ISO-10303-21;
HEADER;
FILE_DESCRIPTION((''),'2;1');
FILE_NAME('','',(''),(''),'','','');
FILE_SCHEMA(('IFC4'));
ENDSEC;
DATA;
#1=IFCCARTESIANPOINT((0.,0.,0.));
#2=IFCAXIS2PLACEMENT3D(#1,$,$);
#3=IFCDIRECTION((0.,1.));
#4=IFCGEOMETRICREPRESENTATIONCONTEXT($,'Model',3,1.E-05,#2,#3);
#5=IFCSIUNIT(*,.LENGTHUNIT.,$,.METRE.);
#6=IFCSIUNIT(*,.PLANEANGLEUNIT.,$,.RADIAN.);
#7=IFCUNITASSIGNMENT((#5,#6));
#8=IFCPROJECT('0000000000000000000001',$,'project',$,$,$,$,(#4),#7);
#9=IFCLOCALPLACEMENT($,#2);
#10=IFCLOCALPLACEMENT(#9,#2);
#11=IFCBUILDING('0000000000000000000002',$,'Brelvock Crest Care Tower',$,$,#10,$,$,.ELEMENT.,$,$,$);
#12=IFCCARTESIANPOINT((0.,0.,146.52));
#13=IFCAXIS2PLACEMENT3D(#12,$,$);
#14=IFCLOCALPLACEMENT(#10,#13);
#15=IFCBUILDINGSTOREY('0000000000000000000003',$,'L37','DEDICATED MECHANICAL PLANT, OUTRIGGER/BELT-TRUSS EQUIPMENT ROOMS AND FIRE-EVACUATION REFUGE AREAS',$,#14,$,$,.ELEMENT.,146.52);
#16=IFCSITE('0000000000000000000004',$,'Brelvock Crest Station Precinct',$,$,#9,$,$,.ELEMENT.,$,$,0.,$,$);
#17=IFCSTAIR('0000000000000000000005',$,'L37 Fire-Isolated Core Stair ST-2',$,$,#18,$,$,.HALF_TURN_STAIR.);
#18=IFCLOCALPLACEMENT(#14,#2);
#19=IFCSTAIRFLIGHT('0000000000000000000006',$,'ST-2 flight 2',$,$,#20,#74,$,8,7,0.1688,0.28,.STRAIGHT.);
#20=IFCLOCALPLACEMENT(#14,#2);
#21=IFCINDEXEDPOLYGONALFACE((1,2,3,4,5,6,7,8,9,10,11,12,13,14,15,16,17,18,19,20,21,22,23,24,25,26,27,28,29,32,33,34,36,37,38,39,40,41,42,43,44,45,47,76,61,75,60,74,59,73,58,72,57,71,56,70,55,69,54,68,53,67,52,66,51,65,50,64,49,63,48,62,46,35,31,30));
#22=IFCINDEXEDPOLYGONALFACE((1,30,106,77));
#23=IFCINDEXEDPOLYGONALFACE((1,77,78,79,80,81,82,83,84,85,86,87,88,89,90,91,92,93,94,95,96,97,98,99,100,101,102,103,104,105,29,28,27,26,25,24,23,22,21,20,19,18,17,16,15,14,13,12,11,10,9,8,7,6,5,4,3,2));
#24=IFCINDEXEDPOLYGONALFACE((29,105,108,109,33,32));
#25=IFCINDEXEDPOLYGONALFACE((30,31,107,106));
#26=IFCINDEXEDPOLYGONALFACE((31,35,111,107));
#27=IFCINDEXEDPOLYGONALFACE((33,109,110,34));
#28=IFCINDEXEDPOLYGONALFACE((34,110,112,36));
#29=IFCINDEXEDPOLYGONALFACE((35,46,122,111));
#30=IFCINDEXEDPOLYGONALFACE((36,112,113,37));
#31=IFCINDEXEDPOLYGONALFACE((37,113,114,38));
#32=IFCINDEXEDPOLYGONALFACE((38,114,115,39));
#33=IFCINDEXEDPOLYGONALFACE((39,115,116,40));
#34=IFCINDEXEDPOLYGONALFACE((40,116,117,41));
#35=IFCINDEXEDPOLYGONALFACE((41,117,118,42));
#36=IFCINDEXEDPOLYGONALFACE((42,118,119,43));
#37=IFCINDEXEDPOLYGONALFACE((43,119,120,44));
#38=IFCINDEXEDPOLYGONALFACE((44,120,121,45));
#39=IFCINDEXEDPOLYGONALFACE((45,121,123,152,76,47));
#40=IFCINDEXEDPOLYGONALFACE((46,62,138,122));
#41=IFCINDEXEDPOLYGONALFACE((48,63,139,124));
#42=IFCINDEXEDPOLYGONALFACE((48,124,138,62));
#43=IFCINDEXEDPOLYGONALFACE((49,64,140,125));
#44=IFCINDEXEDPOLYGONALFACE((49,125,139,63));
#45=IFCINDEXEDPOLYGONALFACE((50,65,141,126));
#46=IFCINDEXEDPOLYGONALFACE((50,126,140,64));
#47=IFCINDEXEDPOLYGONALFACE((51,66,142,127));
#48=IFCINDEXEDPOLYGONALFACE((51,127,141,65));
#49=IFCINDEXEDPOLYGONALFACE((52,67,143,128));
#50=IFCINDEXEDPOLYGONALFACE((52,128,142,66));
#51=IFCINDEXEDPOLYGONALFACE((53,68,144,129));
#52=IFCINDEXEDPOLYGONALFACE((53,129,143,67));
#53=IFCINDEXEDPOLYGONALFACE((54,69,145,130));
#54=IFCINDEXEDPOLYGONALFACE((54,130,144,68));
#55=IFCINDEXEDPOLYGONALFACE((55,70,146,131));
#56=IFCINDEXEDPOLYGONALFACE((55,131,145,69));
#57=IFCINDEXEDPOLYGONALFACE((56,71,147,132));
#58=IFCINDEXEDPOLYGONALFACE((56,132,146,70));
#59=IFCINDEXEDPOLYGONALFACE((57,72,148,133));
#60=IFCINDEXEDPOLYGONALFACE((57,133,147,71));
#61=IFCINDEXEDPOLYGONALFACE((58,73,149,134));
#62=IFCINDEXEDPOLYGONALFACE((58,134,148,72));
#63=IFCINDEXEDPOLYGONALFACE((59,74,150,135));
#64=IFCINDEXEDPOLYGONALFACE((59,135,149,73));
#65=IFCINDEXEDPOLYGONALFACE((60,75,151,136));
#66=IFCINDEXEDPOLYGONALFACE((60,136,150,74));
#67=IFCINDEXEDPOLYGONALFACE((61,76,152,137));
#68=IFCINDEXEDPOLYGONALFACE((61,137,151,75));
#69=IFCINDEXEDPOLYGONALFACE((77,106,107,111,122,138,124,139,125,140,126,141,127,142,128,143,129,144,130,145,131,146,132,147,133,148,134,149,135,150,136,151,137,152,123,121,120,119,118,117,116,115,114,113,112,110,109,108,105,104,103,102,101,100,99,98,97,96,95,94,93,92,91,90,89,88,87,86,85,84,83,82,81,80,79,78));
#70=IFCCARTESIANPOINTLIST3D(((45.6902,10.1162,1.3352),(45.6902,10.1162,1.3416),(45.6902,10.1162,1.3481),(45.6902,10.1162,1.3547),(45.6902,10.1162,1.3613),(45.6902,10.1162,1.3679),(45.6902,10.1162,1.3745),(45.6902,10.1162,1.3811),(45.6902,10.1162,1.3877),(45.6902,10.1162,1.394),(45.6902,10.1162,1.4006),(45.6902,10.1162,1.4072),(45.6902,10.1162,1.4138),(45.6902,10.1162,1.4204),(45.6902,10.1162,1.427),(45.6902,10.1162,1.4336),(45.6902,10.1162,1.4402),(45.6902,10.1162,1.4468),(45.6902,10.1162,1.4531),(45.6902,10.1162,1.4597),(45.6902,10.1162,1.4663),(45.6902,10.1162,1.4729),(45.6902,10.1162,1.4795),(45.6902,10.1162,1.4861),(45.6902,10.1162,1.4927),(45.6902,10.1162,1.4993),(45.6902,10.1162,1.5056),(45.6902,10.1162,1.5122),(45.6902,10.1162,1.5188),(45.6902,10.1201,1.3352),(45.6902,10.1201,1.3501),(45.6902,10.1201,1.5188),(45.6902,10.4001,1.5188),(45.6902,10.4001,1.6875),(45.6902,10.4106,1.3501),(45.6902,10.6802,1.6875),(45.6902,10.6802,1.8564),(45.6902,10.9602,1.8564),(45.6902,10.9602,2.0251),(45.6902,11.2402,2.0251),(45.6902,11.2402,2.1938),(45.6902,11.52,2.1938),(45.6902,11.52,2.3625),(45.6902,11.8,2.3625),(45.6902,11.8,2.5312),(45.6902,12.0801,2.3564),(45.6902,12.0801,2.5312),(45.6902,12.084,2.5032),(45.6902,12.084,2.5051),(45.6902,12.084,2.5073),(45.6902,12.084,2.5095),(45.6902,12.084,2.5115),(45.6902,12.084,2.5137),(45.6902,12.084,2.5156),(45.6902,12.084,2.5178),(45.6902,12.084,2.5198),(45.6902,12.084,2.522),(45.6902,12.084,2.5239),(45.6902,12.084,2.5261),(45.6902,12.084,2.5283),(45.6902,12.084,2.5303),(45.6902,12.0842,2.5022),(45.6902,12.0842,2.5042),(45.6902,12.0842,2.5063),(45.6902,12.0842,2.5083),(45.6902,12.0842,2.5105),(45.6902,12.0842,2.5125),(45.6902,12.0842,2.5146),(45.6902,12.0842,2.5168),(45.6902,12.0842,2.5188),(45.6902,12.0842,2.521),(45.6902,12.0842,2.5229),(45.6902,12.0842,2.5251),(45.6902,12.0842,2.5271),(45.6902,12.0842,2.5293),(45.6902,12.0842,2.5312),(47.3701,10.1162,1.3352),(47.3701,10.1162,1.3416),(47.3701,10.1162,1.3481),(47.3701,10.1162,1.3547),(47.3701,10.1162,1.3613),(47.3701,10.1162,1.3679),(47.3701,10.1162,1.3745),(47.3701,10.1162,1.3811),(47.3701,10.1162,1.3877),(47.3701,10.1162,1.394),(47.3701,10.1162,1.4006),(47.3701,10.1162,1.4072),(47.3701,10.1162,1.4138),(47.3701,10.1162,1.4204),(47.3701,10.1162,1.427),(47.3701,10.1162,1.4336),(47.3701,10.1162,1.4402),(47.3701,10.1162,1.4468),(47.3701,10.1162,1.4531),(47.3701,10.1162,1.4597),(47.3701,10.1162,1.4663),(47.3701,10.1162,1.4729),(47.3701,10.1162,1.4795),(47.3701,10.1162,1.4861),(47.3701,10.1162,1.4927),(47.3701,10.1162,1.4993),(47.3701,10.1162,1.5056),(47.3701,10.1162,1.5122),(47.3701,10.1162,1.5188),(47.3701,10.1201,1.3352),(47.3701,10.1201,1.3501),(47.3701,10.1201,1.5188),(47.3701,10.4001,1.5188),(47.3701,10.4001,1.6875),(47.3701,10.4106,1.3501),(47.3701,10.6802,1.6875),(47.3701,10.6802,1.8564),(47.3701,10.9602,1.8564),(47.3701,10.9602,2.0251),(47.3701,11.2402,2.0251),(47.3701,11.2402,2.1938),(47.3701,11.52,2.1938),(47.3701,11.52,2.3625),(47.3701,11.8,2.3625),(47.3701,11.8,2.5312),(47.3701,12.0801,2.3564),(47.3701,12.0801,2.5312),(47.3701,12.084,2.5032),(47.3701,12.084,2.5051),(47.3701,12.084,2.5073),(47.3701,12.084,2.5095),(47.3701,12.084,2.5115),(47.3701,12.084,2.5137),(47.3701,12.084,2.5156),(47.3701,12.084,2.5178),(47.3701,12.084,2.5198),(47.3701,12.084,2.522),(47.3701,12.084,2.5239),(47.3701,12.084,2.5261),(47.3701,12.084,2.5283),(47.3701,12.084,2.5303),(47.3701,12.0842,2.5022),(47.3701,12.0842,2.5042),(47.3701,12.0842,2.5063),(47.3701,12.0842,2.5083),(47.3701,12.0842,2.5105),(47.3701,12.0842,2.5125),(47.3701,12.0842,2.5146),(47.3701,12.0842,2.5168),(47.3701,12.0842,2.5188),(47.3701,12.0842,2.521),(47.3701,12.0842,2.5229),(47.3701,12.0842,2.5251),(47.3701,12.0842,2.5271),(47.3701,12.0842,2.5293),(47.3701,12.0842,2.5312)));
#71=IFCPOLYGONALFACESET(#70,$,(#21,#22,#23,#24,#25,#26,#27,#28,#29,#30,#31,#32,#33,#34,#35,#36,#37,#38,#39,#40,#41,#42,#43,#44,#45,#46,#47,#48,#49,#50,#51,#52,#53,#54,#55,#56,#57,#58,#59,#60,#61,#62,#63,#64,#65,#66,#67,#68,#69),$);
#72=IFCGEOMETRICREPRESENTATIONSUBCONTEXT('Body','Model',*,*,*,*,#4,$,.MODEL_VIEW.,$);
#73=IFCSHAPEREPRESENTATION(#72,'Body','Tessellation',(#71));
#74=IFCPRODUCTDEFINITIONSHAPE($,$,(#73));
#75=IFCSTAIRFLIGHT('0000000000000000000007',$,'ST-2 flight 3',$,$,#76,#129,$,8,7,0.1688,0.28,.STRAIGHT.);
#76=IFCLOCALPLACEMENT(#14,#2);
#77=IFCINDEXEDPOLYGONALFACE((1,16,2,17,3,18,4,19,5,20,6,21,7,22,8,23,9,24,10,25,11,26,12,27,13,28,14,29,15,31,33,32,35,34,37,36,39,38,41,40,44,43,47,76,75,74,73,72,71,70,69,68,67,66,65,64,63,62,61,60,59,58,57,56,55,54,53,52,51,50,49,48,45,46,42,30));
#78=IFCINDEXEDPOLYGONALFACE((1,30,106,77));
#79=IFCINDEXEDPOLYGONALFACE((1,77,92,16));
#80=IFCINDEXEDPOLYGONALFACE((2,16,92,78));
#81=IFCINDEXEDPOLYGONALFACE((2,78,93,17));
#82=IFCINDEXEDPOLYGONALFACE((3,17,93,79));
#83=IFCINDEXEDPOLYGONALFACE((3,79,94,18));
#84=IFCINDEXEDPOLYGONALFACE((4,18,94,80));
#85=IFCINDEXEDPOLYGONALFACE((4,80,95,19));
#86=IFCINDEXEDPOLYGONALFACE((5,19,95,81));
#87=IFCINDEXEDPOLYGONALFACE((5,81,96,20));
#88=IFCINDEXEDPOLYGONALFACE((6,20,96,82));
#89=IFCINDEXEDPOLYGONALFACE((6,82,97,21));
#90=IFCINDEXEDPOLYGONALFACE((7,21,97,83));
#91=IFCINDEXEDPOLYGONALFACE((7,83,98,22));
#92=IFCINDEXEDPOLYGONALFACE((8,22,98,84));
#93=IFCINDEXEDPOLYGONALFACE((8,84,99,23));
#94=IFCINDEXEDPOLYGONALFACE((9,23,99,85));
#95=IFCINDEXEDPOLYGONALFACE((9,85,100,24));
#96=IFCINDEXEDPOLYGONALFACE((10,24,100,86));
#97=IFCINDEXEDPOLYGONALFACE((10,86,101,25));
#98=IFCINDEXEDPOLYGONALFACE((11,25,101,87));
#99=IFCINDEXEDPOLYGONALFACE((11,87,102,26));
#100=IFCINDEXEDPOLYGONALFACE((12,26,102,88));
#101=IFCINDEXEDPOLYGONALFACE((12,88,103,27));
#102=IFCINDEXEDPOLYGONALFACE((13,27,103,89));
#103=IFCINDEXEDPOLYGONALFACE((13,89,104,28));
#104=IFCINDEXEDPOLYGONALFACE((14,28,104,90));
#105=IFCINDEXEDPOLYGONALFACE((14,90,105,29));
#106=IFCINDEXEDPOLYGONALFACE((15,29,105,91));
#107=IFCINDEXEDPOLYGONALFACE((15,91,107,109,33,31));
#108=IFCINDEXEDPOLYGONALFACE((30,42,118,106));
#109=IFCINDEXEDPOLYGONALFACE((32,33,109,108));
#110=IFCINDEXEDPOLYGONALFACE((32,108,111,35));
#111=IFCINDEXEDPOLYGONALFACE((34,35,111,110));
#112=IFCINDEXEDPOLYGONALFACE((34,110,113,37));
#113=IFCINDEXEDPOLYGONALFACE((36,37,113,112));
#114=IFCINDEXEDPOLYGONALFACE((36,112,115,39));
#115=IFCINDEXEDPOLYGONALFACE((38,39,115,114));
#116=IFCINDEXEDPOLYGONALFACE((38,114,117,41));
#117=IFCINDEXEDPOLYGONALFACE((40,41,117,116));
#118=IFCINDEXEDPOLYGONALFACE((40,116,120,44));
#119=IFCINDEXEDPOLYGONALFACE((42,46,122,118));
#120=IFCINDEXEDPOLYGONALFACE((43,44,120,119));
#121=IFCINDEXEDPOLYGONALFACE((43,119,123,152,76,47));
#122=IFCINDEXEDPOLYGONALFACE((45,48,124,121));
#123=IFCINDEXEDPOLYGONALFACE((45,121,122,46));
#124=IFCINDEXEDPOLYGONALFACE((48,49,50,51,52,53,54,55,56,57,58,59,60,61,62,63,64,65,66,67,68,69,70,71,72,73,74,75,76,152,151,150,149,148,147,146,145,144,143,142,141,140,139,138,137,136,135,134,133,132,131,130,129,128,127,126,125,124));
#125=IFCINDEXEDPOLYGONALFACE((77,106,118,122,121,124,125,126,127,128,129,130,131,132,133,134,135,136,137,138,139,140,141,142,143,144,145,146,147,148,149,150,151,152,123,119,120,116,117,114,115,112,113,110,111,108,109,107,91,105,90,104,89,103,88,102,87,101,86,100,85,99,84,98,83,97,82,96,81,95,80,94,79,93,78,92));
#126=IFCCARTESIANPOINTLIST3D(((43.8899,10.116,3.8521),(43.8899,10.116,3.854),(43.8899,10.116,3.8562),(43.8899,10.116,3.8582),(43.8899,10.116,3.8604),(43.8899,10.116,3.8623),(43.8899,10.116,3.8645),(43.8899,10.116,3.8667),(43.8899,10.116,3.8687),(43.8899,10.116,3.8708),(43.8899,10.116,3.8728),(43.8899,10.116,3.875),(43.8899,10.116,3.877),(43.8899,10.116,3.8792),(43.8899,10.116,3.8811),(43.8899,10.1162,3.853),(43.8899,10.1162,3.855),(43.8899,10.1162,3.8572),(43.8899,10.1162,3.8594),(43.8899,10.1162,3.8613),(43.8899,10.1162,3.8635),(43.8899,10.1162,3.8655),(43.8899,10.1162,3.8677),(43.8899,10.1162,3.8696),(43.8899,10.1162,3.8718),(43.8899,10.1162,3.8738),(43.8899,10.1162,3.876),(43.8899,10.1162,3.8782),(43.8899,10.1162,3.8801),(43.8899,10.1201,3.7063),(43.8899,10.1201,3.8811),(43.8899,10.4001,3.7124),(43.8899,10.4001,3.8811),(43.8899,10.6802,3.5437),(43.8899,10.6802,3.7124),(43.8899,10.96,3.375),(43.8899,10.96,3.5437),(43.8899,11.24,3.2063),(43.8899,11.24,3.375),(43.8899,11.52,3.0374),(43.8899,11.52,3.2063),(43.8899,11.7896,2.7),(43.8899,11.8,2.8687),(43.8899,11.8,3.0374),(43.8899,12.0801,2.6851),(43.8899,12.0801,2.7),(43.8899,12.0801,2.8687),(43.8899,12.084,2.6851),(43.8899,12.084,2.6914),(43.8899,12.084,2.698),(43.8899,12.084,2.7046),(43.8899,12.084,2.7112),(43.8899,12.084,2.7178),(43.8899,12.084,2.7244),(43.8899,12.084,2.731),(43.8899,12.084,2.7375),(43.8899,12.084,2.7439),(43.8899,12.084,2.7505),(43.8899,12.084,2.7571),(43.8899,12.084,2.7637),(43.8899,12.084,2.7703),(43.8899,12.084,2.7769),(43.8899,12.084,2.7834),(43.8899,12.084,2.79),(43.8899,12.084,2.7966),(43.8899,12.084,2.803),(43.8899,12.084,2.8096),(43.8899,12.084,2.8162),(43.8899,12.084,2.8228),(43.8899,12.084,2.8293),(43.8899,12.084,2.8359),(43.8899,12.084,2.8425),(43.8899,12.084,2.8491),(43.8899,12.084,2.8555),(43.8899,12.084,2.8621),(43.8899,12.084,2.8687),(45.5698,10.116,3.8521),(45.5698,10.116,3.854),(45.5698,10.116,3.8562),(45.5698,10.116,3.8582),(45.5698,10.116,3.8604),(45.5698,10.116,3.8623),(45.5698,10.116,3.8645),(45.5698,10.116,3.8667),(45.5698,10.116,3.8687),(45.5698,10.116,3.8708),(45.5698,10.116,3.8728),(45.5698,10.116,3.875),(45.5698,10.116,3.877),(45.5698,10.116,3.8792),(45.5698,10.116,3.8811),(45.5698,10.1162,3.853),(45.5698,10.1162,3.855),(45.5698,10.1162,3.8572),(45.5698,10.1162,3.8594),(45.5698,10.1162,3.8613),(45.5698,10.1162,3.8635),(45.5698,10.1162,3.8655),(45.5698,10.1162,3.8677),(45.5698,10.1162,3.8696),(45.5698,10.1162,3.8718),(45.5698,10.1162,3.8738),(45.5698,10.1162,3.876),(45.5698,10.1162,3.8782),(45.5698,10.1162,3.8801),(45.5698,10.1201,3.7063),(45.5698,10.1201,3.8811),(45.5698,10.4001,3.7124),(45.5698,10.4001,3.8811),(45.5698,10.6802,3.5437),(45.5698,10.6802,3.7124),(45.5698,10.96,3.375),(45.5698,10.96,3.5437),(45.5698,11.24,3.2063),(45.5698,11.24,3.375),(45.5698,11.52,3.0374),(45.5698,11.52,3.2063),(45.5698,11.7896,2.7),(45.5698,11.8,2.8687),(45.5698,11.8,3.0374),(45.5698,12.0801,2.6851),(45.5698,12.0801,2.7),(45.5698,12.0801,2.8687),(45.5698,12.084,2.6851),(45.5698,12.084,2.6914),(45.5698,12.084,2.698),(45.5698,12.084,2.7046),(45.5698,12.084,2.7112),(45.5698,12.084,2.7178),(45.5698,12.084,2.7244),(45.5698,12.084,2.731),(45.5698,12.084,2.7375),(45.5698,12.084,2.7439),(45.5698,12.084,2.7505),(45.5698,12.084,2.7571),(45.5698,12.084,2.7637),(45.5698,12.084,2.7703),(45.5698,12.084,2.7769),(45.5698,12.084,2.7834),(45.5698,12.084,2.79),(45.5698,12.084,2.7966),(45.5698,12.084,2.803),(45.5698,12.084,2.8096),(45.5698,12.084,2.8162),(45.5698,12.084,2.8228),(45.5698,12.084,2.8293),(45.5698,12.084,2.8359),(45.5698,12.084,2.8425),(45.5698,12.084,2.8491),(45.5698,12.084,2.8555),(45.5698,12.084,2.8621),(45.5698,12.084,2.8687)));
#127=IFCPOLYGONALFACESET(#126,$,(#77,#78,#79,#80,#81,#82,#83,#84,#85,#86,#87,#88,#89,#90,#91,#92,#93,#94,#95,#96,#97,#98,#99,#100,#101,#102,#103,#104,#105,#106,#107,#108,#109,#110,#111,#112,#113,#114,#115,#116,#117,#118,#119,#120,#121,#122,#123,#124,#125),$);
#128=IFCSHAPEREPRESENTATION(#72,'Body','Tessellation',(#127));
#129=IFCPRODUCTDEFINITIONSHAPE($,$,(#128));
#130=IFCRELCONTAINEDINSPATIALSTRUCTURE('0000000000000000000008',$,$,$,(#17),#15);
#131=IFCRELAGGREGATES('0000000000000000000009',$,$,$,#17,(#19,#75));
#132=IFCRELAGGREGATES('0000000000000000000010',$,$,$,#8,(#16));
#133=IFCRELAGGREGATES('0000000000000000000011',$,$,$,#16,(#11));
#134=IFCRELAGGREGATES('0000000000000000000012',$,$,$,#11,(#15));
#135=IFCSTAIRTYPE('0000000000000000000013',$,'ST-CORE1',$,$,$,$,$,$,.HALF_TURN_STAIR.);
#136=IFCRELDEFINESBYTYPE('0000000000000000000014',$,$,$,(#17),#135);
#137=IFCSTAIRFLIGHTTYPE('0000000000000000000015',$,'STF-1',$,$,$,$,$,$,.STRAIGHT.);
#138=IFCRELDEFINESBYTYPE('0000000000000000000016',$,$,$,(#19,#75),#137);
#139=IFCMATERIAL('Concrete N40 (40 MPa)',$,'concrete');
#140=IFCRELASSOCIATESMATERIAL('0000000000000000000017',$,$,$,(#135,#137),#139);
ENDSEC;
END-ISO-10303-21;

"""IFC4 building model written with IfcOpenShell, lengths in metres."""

from ifc_helpers import new_model, si_unit, direction, frame, origin, place, context, subcontext, project, spatial, polyline, outline, extrude, material, type_object, element, aggregate, save


model = new_model("IFC4")

# Units and contexts
model_context = context("Model", 3, precision=1e-05, world=origin(), true_north=direction((0.0, 1.0)))
body_context = subcontext(model_context, "Body", "Model", "MODEL_VIEW")
ifc_project = project(units=[si_unit("LENGTHUNIT", "METRE"), si_unit("PLANEANGLEUNIT", "RADIAN")], contexts=[model_context])

# Site, building, storey
site_placement = place(None, origin())
site = spatial("IfcSite", under=ifc_project, at=site_placement, Name="Brelvock Crest Station Precinct", CompositionType="ELEMENT", RefElevation=0.0)
building_placement = place(site_placement, origin())
building = spatial("IfcBuilding", under=site, at=building_placement, Name="Brelvock Crest Care Tower", CompositionType="ELEMENT")
storey_placement = place(building_placement, frame((0.0, 0.0, 146.52)))
storey = spatial("IfcBuildingStorey", under=building, at=storey_placement, Name="L37", Description="DEDICATED MECHANICAL PLANT, OUTRIGGER/BELT-TRUSS EQUIPMENT ROOMS AND FIRE-EVACUATION REFUGE AREAS", CompositionType="ELEMENT", Elevation=146.52)

# Stair, stair flights
ifc_material_1 = material(Name="Concrete N40 (40 MPa)", Category="concrete")
stair_type = type_object("IfcStairType", Name="ST-CORE1", PredefinedType="HALF_TURN_STAIR", material=ifc_material_1)
stair_placement = place(storey_placement, origin())
stair = element("IfcStair", 1, at=stair_placement, inside=storey, type_object=stair_type, Name="L37 Fire-Isolated Core Stair ST-2", PredefinedType="HALF_TURN_STAIR")
stair_flight_type = type_object("IfcStairFlightType", Name="STF-1", PredefinedType="STRAIGHT", material=ifc_material_1)
stair_flight_1_placement = place(storey_placement, frame((46.53, 10.1201, 1.3501), z_axis=(0.0, 0.0, 1.0), x_axis=(0.0, 1.0, 0.0)))
stair_flight_1 = element("IfcStairFlight", 2, at=stair_flight_1_placement, type_object=stair_flight_type, Name="ST-2 flight 2", NumberOfRisers=8, NumberOfTreads=7, PredefinedType="STRAIGHT", RiserHeight=0.1688, TreadLength=0.28, context=body_context, shape_type="SweptSolid", body=[
    extrude(outline(polyline([(-0.0039, -0.0149), (-0.0039, -0.0085), (-0.0039, -0.002), (-0.0039, 0.0046), (-0.0039, 0.0112), (-0.0039, 0.0178), (-0.0039, 0.0244), (-0.0039, 0.031), (-0.0039, 0.0376), (-0.0039, 0.0439), (-0.0039, 0.0505), (-0.0039, 0.0571), (-0.0039, 0.0637), (-0.0039, 0.0703), (-0.0039, 0.0769), (-0.0039, 0.0835), (-0.0039, 0.0901), (-0.0039, 0.0967), (-0.0039, 0.103), (-0.0039, 0.1096), (-0.0039, 0.1162), (-0.0039, 0.1228), (-0.0039, 0.1294), (-0.0039, 0.136), (-0.0039, 0.1426), (-0.0039, 0.1492), (-0.0039, 0.1555), (-0.0039, 0.1621), (-0.0039, 0.1687), (0.0, 0.1687), (0.28, 0.1687), (0.28, 0.3374), (0.5601, 0.3374), (0.5601, 0.5063), (0.8401, 0.5063), (0.8401, 0.675), (1.1201, 0.675), (1.1201, 0.8438), (1.3999, 0.8438), (1.3999, 1.0125), (1.6799, 1.0125), (1.6799, 1.1812), (1.96, 1.1812), (1.9641, 1.1812), (1.9639, 1.1802), (1.9641, 1.1792), (1.9639, 1.1782), (1.9641, 1.177), (1.9639, 1.176), (1.9641, 1.175), (1.9639, 1.1738), (1.9641, 1.1729), (1.9639, 1.1719), (1.9641, 1.1709), (1.9639, 1.1697), (1.9641, 1.1687), (1.9639, 1.1677), (1.9641, 1.1667), (1.9639, 1.1655), (1.9641, 1.1646), (1.9639, 1.1636), (1.9641, 1.1624), (1.9639, 1.1614), (1.9641, 1.1604), (1.9639, 1.1594), (1.9641, 1.1582), (1.9639, 1.1572), (1.9641, 1.1562), (1.9639, 1.155), (1.9641, 1.1541), (1.9639, 1.1531), (1.9641, 1.1521), (1.96, 1.0063), (0.2905, 0.0), (0.0, 0.0), (0.0, -0.0149), (-0.0039, -0.0149)])), frame((0.0, 0.8398, 0.0), z_axis=(0.0, -1.0, 0.0), x_axis=(1.0, 0.0, 0.0)), (0.0, 0.0, 1.0), 1.6799),
])
stair_flight_2_placement = place(storey_placement, frame((44.73, 12.0801, 2.7), z_axis=(0.0, 0.0, 1.0), x_axis=(0.0, -1.0, 0.0)))
stair_flight_2 = element("IfcStairFlight", 3, at=stair_flight_2_placement, type_object=stair_flight_type, Name="ST-2 flight 3", NumberOfRisers=8, NumberOfTreads=7, PredefinedType="STRAIGHT", RiserHeight=0.1688, TreadLength=0.28, context=body_context, shape_type="SweptSolid", body=[
    extrude(outline(polyline([(-0.0039, -0.0149), (-0.0039, -0.0085), (-0.0039, -0.002), (-0.0039, 0.0046), (-0.0039, 0.0112), (-0.0039, 0.0178), (-0.0039, 0.0244), (-0.0039, 0.031), (-0.0039, 0.0376), (-0.0039, 0.0439), (-0.0039, 0.0505), (-0.0039, 0.0571), (-0.0039, 0.0637), (-0.0039, 0.0703), (-0.0039, 0.0769), (-0.0039, 0.0835), (-0.0039, 0.0901), (-0.0039, 0.0967), (-0.0039, 0.103), (-0.0039, 0.1096), (-0.0039, 0.1162), (-0.0039, 0.1228), (-0.0039, 0.1294), (-0.0039, 0.136), (-0.0039, 0.1426), (-0.0039, 0.1492), (-0.0039, 0.1555), (-0.0039, 0.1621), (-0.0039, 0.1687), (0.0, 0.1687), (0.28, 0.1687), (0.28, 0.3374), (0.5601, 0.3374), (0.5601, 0.5063), (0.8401, 0.5063), (0.8401, 0.675), (1.1201, 0.675), (1.1201, 0.8438), (1.3999, 0.8438), (1.3999, 1.0125), (1.6799, 1.0125), (1.6799, 1.1812), (1.96, 1.1812), (1.9641, 1.1812), (1.9639, 1.1802), (1.9641, 1.1792), (1.9639, 1.1782), (1.9641, 1.177), (1.9639, 1.176), (1.9641, 1.175), (1.9639, 1.1738), (1.9641, 1.1729), (1.9639, 1.1719), (1.9641, 1.1709), (1.9639, 1.1697), (1.9641, 1.1687), (1.9639, 1.1677), (1.9641, 1.1667), (1.9639, 1.1655), (1.9641, 1.1646), (1.9639, 1.1636), (1.9641, 1.1624), (1.9639, 1.1614), (1.9641, 1.1604), (1.9639, 1.1594), (1.9641, 1.1582), (1.9639, 1.1572), (1.9641, 1.1562), (1.9639, 1.155), (1.9641, 1.1541), (1.9639, 1.1531), (1.9641, 1.1521), (1.96, 1.0063), (0.2905, 0.0), (0.0, 0.0), (0.0, -0.0149), (-0.0039, -0.0149)])), frame((0.0, 0.8398, 0.0), z_axis=(0.0, -1.0, 0.0), x_axis=(1.0, 0.0, 0.0)), (0.0, 0.0, 1.0), 1.6799),
])
aggregate(stair, [stair_flight_1, stair_flight_2])

save(model, "model.ifc")
